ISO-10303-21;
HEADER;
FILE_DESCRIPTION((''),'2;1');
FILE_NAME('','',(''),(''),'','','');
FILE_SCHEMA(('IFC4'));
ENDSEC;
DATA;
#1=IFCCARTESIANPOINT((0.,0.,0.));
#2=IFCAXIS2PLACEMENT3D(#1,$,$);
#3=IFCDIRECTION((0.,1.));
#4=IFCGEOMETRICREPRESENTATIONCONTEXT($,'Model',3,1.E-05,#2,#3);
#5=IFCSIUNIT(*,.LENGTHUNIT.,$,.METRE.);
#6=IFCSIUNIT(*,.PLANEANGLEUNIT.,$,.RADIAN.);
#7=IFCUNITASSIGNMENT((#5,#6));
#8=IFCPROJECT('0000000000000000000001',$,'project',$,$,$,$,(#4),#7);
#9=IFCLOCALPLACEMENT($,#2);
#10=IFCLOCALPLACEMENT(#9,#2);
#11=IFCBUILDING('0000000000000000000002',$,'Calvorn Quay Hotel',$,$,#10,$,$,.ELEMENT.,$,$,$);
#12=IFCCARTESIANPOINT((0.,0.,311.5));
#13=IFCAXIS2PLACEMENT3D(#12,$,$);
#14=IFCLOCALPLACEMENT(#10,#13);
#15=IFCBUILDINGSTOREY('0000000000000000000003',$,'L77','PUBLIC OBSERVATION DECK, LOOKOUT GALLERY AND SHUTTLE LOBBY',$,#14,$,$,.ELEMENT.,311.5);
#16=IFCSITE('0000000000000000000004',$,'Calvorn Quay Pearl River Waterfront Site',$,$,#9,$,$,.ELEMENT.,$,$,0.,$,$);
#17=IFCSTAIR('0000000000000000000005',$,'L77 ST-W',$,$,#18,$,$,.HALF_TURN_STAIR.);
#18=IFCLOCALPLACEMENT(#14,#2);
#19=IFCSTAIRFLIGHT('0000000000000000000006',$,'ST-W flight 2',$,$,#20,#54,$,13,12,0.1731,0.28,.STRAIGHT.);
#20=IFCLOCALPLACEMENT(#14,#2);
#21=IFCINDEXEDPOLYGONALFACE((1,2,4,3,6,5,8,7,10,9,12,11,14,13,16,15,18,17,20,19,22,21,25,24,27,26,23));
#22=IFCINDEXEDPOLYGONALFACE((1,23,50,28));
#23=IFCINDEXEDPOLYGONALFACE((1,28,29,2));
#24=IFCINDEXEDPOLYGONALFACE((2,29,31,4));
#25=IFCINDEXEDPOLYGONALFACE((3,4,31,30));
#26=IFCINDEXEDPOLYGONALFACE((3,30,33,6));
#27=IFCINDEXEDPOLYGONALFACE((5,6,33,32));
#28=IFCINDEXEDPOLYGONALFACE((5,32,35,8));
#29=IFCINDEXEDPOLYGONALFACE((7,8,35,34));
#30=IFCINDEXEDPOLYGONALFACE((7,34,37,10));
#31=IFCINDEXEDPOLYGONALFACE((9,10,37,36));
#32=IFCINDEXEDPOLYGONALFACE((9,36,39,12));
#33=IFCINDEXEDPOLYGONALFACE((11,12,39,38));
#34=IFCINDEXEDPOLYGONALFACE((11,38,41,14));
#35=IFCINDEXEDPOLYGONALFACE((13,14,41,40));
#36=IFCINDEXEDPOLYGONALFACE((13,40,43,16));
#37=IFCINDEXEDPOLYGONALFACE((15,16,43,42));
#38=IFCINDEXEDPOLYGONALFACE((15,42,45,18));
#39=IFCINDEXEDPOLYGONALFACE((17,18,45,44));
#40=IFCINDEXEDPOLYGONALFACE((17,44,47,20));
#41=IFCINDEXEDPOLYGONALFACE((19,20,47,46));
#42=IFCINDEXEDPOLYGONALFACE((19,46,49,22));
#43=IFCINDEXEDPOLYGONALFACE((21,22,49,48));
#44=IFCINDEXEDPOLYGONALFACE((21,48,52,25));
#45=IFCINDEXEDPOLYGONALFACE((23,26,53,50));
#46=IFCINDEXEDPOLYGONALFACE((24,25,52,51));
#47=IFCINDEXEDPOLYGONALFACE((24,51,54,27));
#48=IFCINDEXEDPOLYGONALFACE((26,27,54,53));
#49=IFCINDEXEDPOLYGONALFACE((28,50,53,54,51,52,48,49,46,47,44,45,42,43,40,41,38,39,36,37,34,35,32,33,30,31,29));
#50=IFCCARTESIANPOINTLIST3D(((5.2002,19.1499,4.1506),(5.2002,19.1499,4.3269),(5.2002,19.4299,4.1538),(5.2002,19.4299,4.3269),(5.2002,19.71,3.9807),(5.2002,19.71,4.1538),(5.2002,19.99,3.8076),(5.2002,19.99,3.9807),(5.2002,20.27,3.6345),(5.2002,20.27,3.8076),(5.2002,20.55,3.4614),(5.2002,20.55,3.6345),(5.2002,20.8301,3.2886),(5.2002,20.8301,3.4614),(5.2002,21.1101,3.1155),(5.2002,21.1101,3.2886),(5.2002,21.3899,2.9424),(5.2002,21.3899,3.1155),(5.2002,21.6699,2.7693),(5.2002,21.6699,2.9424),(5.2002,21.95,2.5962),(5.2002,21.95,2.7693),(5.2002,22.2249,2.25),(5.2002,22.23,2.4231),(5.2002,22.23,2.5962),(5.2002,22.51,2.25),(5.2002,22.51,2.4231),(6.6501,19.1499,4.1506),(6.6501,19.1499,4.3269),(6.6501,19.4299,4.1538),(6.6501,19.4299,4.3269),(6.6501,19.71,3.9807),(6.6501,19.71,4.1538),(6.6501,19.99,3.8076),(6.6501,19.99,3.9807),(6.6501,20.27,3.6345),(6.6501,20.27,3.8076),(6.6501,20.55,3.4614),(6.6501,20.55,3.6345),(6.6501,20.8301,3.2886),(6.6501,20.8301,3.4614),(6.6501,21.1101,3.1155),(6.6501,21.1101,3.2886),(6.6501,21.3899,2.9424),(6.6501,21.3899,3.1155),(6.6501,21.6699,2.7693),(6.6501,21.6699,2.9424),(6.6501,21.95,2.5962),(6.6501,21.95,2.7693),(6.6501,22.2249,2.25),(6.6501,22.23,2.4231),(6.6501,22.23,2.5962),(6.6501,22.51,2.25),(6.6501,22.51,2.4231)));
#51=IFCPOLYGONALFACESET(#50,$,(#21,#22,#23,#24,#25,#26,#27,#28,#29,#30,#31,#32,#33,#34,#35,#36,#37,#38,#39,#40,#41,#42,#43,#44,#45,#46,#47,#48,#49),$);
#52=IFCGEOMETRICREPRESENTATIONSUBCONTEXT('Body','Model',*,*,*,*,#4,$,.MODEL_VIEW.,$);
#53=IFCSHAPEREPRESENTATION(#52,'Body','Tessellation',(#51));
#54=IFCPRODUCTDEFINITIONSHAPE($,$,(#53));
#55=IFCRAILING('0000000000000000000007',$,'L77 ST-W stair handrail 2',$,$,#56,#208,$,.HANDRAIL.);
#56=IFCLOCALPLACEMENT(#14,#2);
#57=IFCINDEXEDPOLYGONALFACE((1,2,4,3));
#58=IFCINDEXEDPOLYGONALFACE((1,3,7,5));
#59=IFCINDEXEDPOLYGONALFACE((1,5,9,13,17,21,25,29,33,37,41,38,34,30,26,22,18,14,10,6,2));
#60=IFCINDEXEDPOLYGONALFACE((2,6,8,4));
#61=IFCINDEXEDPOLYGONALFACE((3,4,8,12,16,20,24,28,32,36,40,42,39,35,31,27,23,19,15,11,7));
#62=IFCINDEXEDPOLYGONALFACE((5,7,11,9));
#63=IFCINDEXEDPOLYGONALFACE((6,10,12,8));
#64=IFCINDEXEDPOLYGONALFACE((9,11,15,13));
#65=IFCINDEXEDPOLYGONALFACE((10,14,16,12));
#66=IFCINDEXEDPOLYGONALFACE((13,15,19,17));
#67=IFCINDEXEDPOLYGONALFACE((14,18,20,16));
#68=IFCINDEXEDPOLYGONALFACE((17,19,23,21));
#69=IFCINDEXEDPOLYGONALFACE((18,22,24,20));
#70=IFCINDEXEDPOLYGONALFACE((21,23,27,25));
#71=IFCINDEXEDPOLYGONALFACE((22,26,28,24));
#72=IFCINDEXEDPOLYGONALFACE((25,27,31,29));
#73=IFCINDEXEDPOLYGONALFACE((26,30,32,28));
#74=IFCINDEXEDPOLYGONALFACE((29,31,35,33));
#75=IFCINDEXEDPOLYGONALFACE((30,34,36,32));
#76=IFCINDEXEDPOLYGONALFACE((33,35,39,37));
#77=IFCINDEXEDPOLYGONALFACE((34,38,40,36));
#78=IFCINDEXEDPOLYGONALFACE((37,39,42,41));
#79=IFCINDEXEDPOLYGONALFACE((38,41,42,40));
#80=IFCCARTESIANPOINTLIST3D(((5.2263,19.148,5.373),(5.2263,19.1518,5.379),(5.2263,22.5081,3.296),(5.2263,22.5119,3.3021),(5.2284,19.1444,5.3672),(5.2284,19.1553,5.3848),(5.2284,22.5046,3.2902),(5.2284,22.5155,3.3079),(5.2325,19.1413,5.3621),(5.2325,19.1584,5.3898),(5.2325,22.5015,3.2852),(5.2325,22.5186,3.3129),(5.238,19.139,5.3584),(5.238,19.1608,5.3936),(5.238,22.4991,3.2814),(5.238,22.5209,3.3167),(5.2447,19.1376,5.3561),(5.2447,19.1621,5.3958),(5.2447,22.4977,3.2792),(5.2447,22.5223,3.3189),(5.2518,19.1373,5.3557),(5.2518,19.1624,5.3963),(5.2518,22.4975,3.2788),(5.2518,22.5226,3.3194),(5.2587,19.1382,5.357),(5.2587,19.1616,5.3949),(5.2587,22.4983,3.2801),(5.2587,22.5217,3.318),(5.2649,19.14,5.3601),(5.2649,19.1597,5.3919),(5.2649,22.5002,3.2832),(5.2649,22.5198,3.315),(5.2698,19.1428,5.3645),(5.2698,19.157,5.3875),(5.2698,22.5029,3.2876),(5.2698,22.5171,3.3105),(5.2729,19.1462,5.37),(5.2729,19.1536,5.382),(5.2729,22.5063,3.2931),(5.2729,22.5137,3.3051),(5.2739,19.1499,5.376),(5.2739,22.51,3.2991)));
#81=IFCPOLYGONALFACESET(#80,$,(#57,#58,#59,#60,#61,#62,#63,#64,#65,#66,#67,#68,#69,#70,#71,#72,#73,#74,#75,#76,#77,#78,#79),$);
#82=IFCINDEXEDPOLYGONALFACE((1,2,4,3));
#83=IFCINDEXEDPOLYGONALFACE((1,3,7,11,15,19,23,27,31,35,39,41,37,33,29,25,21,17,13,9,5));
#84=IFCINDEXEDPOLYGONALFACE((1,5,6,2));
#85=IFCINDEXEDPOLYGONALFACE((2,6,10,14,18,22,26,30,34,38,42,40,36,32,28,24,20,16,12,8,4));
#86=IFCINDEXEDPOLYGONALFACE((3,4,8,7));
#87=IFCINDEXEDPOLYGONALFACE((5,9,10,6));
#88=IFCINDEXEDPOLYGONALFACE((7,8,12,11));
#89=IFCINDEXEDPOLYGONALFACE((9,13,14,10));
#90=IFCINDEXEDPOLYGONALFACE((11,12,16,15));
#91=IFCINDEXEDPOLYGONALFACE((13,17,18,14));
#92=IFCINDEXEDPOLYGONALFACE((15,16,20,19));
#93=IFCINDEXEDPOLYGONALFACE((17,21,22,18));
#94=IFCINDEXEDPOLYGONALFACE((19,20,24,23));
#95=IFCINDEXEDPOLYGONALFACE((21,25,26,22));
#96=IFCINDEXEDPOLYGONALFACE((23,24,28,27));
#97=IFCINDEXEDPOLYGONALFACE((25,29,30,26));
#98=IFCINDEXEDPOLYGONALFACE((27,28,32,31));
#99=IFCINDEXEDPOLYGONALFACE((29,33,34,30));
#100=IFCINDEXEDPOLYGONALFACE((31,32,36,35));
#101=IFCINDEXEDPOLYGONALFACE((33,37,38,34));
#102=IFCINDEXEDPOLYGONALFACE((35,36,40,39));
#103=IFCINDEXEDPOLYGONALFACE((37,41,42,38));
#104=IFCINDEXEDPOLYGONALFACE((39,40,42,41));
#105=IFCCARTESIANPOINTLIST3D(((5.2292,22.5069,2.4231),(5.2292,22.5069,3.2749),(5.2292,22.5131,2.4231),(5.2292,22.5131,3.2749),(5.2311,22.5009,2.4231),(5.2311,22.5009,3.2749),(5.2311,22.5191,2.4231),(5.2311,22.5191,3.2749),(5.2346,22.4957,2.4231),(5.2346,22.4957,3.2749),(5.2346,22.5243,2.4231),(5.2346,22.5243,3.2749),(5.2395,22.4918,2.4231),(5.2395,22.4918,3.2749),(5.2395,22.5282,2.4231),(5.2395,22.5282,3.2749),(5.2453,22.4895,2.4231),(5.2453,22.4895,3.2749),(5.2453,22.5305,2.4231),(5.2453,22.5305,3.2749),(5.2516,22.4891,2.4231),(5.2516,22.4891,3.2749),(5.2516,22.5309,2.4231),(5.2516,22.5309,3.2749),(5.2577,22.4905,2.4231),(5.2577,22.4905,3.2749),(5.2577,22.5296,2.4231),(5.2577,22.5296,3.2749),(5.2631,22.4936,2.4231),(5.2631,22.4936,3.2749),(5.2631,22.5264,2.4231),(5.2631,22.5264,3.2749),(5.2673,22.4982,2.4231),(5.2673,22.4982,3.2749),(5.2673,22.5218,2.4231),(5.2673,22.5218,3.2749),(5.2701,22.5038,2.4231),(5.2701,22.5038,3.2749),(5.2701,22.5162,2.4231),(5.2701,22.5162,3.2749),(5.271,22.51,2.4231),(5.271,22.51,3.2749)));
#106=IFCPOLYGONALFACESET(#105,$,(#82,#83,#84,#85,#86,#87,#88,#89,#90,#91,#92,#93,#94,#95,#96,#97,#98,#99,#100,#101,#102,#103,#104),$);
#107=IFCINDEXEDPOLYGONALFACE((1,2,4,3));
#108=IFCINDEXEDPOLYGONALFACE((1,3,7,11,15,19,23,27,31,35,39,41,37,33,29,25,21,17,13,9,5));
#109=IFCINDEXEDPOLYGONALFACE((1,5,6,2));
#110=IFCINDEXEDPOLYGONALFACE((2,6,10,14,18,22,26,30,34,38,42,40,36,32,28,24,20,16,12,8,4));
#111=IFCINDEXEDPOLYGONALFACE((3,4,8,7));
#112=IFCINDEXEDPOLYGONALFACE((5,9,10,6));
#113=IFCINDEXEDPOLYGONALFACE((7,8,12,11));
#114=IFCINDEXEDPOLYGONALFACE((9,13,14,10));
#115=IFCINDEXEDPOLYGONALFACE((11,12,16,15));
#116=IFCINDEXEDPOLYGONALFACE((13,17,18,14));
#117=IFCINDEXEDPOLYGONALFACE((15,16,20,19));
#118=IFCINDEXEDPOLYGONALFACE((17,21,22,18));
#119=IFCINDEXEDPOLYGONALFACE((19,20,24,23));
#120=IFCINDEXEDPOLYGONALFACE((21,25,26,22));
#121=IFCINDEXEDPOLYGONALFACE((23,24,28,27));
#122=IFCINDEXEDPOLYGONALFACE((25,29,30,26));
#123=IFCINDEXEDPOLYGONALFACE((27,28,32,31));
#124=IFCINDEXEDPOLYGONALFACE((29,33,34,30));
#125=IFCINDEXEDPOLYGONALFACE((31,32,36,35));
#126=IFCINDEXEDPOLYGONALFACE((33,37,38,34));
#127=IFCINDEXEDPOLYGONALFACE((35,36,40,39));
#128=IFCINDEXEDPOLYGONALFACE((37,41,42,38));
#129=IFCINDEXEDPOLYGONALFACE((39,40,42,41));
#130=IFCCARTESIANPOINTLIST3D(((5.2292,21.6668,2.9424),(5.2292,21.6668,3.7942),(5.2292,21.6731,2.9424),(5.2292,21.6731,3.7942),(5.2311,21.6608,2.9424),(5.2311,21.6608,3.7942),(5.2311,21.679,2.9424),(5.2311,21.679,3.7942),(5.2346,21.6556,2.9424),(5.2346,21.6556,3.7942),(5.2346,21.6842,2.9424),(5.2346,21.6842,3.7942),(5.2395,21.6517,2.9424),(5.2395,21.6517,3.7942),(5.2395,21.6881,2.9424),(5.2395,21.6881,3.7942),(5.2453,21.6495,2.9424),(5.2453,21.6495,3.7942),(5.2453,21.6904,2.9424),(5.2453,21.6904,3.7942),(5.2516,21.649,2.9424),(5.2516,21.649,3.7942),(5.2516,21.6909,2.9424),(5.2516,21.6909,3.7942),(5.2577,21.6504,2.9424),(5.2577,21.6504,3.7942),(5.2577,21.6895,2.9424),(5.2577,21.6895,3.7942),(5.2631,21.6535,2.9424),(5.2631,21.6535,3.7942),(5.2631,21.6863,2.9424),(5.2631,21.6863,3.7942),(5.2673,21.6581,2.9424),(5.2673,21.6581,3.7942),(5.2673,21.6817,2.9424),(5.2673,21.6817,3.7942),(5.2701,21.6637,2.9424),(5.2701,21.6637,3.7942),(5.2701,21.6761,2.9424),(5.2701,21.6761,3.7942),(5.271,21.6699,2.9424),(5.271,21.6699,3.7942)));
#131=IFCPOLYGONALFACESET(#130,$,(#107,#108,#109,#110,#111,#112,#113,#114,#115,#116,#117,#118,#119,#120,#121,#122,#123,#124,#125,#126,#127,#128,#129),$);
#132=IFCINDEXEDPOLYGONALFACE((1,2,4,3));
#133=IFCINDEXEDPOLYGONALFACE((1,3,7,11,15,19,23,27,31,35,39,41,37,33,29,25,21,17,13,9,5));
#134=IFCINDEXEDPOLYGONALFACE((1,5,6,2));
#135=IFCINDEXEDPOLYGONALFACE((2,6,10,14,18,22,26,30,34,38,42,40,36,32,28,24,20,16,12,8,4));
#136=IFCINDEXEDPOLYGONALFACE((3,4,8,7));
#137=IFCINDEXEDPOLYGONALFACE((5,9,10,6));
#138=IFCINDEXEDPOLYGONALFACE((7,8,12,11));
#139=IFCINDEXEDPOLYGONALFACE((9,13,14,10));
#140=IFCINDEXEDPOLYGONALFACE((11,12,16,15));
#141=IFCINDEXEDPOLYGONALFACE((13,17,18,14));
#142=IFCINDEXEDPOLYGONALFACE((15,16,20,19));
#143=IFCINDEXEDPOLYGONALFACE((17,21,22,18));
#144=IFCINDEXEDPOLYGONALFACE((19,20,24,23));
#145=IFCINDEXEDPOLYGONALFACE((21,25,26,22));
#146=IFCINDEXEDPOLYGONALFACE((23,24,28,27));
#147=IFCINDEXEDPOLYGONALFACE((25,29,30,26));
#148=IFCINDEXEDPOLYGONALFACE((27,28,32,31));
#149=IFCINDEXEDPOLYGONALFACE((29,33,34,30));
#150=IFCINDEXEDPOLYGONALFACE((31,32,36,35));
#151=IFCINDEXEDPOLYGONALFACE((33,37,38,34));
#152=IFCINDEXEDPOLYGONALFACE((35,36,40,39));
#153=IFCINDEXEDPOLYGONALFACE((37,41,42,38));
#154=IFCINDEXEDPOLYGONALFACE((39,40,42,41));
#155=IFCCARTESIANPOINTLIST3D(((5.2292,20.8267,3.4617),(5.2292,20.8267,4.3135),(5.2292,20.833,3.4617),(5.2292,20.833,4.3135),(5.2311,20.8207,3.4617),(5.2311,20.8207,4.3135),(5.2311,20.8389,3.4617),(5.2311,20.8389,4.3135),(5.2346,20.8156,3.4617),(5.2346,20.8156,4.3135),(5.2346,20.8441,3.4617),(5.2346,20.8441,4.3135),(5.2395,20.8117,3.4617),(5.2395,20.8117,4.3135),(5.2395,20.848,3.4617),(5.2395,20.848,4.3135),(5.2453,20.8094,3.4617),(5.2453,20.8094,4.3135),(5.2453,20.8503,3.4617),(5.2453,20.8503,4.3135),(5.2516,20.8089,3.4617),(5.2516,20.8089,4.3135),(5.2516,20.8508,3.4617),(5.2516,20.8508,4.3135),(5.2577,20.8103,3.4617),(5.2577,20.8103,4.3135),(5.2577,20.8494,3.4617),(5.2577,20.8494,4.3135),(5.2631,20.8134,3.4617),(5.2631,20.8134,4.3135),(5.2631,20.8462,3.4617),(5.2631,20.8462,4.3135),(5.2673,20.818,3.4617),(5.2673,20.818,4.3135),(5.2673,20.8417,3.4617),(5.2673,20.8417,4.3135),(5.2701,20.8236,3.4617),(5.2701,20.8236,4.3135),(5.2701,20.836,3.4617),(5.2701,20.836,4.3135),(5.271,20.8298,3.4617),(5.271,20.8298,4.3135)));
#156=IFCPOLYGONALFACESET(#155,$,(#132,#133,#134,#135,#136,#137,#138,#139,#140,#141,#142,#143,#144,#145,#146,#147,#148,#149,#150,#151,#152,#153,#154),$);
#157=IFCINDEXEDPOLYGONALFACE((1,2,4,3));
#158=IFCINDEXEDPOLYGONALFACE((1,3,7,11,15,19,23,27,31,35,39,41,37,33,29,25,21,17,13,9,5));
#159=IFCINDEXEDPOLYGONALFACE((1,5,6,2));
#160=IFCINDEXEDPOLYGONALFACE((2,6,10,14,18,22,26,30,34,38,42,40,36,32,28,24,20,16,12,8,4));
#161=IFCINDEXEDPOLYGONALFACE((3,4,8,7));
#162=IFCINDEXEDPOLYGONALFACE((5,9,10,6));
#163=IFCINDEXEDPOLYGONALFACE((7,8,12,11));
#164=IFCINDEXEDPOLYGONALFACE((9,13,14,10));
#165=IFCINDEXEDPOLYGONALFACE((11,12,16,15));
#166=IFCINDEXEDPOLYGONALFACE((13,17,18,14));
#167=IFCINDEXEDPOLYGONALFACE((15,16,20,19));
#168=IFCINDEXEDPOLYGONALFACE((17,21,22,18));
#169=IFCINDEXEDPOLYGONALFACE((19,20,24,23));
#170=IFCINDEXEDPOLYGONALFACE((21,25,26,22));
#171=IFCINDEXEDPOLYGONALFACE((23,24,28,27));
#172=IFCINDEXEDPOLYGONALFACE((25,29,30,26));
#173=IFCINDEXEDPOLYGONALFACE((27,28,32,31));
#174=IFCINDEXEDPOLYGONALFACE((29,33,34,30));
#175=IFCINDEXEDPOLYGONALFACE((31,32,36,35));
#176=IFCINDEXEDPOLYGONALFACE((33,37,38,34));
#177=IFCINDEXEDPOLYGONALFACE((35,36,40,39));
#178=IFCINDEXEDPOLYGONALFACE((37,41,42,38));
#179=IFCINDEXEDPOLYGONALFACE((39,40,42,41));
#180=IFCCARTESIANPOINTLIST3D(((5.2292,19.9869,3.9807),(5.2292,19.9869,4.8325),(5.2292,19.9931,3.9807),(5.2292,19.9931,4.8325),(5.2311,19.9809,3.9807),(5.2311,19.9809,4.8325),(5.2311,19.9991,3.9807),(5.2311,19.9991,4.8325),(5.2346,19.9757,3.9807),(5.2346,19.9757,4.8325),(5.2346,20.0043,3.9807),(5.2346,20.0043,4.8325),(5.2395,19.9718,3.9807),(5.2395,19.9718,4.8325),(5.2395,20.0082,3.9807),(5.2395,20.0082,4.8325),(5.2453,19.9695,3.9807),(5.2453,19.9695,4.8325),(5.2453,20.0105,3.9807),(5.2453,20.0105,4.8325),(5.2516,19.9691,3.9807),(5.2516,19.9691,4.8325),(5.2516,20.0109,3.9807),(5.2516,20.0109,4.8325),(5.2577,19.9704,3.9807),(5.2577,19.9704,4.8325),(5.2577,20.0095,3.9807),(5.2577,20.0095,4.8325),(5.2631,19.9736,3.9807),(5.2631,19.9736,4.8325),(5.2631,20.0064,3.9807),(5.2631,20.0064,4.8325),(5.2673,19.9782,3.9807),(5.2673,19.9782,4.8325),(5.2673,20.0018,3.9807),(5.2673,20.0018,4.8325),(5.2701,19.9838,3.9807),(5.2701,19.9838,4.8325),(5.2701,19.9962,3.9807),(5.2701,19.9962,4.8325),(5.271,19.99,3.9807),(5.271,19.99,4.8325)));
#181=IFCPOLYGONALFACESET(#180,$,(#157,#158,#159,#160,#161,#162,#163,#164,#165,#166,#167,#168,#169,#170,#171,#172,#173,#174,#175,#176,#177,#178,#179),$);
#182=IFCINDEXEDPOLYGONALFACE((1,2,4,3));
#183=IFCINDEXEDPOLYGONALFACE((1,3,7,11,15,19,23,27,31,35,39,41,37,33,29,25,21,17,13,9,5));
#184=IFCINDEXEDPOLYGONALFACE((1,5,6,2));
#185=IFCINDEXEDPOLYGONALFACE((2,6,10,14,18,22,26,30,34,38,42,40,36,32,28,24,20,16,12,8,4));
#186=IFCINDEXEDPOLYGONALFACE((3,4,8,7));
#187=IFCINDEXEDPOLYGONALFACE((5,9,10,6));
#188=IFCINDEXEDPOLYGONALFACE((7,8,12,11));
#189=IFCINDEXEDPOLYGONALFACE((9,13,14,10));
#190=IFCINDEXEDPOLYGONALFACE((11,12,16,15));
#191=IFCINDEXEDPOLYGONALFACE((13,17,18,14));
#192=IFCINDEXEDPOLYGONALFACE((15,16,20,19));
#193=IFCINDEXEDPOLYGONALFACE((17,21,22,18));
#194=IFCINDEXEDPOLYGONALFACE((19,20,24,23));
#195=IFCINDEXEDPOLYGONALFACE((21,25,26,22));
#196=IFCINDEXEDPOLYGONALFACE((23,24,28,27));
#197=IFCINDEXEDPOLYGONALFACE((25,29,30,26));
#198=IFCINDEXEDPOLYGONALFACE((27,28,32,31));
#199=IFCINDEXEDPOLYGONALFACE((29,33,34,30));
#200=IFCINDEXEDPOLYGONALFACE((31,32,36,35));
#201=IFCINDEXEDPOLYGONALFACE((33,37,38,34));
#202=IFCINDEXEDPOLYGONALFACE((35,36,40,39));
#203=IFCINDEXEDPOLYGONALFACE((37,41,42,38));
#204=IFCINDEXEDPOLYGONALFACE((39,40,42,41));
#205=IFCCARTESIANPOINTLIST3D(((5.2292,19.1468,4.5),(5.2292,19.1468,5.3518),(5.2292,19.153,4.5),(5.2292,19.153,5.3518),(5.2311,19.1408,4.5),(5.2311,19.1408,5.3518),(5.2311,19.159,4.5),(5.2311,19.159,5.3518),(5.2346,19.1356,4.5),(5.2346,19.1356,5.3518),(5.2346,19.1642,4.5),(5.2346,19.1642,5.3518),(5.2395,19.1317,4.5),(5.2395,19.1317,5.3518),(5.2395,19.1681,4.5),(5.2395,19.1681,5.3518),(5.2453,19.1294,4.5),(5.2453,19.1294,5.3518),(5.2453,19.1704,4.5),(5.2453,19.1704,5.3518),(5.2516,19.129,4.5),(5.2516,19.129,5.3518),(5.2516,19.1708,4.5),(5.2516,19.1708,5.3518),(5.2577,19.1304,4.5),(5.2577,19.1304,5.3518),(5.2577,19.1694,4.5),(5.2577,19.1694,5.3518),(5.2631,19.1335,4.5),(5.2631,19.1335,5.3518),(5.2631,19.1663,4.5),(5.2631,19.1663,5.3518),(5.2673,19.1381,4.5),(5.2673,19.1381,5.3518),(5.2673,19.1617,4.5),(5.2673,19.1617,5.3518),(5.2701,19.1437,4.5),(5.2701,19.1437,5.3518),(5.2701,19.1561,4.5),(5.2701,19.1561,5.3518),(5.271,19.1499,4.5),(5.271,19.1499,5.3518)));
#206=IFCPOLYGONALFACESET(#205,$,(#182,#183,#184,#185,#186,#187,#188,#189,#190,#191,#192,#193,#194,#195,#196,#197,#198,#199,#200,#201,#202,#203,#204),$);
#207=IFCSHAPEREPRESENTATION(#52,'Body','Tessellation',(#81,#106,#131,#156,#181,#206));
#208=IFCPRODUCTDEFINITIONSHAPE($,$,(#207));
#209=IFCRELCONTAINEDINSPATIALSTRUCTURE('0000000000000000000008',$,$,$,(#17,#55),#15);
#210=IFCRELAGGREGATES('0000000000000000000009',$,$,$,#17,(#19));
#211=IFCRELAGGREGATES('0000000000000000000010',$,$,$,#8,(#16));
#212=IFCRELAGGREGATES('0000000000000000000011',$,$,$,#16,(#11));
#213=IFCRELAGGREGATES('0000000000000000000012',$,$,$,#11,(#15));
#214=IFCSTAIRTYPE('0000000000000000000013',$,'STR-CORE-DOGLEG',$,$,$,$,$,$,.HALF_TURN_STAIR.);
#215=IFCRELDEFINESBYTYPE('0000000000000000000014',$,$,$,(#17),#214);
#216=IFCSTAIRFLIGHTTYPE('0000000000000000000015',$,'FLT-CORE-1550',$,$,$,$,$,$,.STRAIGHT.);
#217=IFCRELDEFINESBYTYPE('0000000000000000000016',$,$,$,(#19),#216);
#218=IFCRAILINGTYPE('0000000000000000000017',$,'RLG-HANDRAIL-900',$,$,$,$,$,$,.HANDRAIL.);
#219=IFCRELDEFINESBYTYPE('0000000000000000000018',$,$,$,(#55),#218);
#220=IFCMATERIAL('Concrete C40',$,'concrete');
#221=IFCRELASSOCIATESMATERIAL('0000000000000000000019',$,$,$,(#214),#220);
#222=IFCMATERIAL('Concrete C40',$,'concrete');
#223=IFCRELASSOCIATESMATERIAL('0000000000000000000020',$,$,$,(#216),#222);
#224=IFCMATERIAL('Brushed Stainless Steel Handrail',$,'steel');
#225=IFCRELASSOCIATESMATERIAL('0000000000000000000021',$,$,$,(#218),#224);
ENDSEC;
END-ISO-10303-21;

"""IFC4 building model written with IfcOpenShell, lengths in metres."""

from ifc_helpers import new_model, si_unit, direction, frame, origin, origin_2d, place, context, subcontext, project, spatial, polyline, circle, outline, extrude, material, type_object, element, aggregate, save


model = new_model("IFC4")

# Units and contexts
model_context = context("Model", 3, precision=1e-05, world=origin(), true_north=direction((0.0, 1.0)))
body_context = subcontext(model_context, "Body", "Model", "MODEL_VIEW")
ifc_project = project(units=[si_unit("LENGTHUNIT", "METRE"), si_unit("PLANEANGLEUNIT", "RADIAN")], contexts=[model_context])

# Site, building, storey
site_placement = place(None, origin())
site = spatial("IfcSite", under=ifc_project, at=site_placement, Name="Calvorn Quay Pearl River Waterfront Site", CompositionType="ELEMENT", RefElevation=0.0)
building_placement = place(site_placement, origin())
building = spatial("IfcBuilding", under=site, at=building_placement, Name="Calvorn Quay Hotel", CompositionType="ELEMENT")
storey_placement = place(building_placement, frame((0.0, 0.0, 311.5)))
storey = spatial("IfcBuildingStorey", under=building, at=storey_placement, Name="L77", Description="PUBLIC OBSERVATION DECK, LOOKOUT GALLERY AND SHUTTLE LOBBY", CompositionType="ELEMENT", Elevation=311.5)

# Stair, stair flight
ifc_material_1 = material(Name="Concrete C40", Category="concrete")
stair_type = type_object("IfcStairType", Name="STR-CORE-DOGLEG", PredefinedType="HALF_TURN_STAIR", material=ifc_material_1)
stair_placement = place(storey_placement, origin())
stair = element("IfcStair", 1, at=stair_placement, inside=storey, type_object=stair_type, Name="L77 ST-W", PredefinedType="HALF_TURN_STAIR")
ifc_material_2 = material(Name="Concrete C40", Category="concrete")
stair_flight_type = type_object("IfcStairFlightType", Name="FLT-CORE-1550", PredefinedType="STRAIGHT", material=ifc_material_2)
stair_flight_placement = place(storey_placement, frame((5.925, 22.51, 2.25), z_axis=(0.0, 0.0, 1.0), x_axis=(0.0, -1.0, 0.0)))
stair_flight = element("IfcStairFlight", 2, at=stair_flight_placement, type_object=stair_flight_type, Name="ST-W flight 2", NumberOfRisers=13, NumberOfTreads=12, PredefinedType="STRAIGHT", RiserHeight=0.1731, TreadLength=0.28, context=body_context, shape_type="SweptSolid", body=[
    extrude(outline(polyline([(0.0, 0.0), (0.0, 0.1731), (0.28, 0.1731), (0.28, 0.3462), (0.5601, 0.3462), (0.5601, 0.5193), (0.8401, 0.5193), (0.8401, 0.6924), (1.1201, 0.6924), (1.1201, 0.8655), (1.3999, 0.8655), (1.3999, 1.0386), (1.6799, 1.0386), (1.6799, 1.2114), (1.96, 1.2114), (1.96, 1.3845), (2.24, 1.3845), (2.24, 1.5576), (2.52, 1.5576), (2.52, 1.7307), (2.8, 1.7307), (2.8, 1.9038), (3.0801, 1.9038), (3.0801, 2.0769), (3.3601, 2.0769), (3.3601, 2.25), (3.3601, 1.9006), (0.2852, 0.0), (0.0, 0.0)])), frame((0.0, 0.7251, 0.0), z_axis=(0.0, -1.0, 0.0), x_axis=(1.0, 0.0, 0.0)), (0.0, 0.0, 1.0), 1.45),
])
aggregate(stair, [stair_flight])

# Railing
ifc_material_3 = material(Name="Brushed Stainless Steel Handrail", Category="steel")
railing_type_1 = type_object("IfcRailingType", Name="RLG-HANDRAIL-900", PredefinedType="HANDRAIL", material=ifc_material_3)
railing_1_placement = place(storey_placement, frame((5.25, 22.51, 2.4231)))
element("IfcRailing", 3, at=railing_1_placement, inside=storey, type_object=railing_type_1, Name="L77 ST-W stair handrail 2", PredefinedType="HANDRAIL", context=body_context, shape_type="SweptSolid", body=[
    extrude(circle(Radius=0.0239, at=origin_2d()), frame((0.0, 0.0, 0.876), z_axis=(0.0, -0.850623, 0.525776), x_axis=(1.0, 0.0, 0.0)), (0.0, 0.0, 1.0), 3.9502),
    extrude(circle(Radius=0.021, at=origin_2d()), origin(), (0.0, 0.0, 1.0), 0.8518),
    extrude(circle(Radius=0.021, at=origin_2d()), frame((0.0, -0.8401, 0.5193)), (0.0, 0.0, 1.0), 0.8518),
    extrude(circle(Radius=0.021, at=origin_2d()), frame((0.0, -1.6802, 1.0386)), (0.0, 0.0, 1.0), 0.8518),
    extrude(circle(Radius=0.021, at=origin_2d()), frame((0.0, -2.52, 1.5576)), (0.0, 0.0, 1.0), 0.8518),
    extrude(circle(Radius=0.021, at=origin_2d()), frame((0.0, -3.3601, 2.0769)), (0.0, 0.0, 1.0), 0.8518),
])

save(model, "model.ifc")
